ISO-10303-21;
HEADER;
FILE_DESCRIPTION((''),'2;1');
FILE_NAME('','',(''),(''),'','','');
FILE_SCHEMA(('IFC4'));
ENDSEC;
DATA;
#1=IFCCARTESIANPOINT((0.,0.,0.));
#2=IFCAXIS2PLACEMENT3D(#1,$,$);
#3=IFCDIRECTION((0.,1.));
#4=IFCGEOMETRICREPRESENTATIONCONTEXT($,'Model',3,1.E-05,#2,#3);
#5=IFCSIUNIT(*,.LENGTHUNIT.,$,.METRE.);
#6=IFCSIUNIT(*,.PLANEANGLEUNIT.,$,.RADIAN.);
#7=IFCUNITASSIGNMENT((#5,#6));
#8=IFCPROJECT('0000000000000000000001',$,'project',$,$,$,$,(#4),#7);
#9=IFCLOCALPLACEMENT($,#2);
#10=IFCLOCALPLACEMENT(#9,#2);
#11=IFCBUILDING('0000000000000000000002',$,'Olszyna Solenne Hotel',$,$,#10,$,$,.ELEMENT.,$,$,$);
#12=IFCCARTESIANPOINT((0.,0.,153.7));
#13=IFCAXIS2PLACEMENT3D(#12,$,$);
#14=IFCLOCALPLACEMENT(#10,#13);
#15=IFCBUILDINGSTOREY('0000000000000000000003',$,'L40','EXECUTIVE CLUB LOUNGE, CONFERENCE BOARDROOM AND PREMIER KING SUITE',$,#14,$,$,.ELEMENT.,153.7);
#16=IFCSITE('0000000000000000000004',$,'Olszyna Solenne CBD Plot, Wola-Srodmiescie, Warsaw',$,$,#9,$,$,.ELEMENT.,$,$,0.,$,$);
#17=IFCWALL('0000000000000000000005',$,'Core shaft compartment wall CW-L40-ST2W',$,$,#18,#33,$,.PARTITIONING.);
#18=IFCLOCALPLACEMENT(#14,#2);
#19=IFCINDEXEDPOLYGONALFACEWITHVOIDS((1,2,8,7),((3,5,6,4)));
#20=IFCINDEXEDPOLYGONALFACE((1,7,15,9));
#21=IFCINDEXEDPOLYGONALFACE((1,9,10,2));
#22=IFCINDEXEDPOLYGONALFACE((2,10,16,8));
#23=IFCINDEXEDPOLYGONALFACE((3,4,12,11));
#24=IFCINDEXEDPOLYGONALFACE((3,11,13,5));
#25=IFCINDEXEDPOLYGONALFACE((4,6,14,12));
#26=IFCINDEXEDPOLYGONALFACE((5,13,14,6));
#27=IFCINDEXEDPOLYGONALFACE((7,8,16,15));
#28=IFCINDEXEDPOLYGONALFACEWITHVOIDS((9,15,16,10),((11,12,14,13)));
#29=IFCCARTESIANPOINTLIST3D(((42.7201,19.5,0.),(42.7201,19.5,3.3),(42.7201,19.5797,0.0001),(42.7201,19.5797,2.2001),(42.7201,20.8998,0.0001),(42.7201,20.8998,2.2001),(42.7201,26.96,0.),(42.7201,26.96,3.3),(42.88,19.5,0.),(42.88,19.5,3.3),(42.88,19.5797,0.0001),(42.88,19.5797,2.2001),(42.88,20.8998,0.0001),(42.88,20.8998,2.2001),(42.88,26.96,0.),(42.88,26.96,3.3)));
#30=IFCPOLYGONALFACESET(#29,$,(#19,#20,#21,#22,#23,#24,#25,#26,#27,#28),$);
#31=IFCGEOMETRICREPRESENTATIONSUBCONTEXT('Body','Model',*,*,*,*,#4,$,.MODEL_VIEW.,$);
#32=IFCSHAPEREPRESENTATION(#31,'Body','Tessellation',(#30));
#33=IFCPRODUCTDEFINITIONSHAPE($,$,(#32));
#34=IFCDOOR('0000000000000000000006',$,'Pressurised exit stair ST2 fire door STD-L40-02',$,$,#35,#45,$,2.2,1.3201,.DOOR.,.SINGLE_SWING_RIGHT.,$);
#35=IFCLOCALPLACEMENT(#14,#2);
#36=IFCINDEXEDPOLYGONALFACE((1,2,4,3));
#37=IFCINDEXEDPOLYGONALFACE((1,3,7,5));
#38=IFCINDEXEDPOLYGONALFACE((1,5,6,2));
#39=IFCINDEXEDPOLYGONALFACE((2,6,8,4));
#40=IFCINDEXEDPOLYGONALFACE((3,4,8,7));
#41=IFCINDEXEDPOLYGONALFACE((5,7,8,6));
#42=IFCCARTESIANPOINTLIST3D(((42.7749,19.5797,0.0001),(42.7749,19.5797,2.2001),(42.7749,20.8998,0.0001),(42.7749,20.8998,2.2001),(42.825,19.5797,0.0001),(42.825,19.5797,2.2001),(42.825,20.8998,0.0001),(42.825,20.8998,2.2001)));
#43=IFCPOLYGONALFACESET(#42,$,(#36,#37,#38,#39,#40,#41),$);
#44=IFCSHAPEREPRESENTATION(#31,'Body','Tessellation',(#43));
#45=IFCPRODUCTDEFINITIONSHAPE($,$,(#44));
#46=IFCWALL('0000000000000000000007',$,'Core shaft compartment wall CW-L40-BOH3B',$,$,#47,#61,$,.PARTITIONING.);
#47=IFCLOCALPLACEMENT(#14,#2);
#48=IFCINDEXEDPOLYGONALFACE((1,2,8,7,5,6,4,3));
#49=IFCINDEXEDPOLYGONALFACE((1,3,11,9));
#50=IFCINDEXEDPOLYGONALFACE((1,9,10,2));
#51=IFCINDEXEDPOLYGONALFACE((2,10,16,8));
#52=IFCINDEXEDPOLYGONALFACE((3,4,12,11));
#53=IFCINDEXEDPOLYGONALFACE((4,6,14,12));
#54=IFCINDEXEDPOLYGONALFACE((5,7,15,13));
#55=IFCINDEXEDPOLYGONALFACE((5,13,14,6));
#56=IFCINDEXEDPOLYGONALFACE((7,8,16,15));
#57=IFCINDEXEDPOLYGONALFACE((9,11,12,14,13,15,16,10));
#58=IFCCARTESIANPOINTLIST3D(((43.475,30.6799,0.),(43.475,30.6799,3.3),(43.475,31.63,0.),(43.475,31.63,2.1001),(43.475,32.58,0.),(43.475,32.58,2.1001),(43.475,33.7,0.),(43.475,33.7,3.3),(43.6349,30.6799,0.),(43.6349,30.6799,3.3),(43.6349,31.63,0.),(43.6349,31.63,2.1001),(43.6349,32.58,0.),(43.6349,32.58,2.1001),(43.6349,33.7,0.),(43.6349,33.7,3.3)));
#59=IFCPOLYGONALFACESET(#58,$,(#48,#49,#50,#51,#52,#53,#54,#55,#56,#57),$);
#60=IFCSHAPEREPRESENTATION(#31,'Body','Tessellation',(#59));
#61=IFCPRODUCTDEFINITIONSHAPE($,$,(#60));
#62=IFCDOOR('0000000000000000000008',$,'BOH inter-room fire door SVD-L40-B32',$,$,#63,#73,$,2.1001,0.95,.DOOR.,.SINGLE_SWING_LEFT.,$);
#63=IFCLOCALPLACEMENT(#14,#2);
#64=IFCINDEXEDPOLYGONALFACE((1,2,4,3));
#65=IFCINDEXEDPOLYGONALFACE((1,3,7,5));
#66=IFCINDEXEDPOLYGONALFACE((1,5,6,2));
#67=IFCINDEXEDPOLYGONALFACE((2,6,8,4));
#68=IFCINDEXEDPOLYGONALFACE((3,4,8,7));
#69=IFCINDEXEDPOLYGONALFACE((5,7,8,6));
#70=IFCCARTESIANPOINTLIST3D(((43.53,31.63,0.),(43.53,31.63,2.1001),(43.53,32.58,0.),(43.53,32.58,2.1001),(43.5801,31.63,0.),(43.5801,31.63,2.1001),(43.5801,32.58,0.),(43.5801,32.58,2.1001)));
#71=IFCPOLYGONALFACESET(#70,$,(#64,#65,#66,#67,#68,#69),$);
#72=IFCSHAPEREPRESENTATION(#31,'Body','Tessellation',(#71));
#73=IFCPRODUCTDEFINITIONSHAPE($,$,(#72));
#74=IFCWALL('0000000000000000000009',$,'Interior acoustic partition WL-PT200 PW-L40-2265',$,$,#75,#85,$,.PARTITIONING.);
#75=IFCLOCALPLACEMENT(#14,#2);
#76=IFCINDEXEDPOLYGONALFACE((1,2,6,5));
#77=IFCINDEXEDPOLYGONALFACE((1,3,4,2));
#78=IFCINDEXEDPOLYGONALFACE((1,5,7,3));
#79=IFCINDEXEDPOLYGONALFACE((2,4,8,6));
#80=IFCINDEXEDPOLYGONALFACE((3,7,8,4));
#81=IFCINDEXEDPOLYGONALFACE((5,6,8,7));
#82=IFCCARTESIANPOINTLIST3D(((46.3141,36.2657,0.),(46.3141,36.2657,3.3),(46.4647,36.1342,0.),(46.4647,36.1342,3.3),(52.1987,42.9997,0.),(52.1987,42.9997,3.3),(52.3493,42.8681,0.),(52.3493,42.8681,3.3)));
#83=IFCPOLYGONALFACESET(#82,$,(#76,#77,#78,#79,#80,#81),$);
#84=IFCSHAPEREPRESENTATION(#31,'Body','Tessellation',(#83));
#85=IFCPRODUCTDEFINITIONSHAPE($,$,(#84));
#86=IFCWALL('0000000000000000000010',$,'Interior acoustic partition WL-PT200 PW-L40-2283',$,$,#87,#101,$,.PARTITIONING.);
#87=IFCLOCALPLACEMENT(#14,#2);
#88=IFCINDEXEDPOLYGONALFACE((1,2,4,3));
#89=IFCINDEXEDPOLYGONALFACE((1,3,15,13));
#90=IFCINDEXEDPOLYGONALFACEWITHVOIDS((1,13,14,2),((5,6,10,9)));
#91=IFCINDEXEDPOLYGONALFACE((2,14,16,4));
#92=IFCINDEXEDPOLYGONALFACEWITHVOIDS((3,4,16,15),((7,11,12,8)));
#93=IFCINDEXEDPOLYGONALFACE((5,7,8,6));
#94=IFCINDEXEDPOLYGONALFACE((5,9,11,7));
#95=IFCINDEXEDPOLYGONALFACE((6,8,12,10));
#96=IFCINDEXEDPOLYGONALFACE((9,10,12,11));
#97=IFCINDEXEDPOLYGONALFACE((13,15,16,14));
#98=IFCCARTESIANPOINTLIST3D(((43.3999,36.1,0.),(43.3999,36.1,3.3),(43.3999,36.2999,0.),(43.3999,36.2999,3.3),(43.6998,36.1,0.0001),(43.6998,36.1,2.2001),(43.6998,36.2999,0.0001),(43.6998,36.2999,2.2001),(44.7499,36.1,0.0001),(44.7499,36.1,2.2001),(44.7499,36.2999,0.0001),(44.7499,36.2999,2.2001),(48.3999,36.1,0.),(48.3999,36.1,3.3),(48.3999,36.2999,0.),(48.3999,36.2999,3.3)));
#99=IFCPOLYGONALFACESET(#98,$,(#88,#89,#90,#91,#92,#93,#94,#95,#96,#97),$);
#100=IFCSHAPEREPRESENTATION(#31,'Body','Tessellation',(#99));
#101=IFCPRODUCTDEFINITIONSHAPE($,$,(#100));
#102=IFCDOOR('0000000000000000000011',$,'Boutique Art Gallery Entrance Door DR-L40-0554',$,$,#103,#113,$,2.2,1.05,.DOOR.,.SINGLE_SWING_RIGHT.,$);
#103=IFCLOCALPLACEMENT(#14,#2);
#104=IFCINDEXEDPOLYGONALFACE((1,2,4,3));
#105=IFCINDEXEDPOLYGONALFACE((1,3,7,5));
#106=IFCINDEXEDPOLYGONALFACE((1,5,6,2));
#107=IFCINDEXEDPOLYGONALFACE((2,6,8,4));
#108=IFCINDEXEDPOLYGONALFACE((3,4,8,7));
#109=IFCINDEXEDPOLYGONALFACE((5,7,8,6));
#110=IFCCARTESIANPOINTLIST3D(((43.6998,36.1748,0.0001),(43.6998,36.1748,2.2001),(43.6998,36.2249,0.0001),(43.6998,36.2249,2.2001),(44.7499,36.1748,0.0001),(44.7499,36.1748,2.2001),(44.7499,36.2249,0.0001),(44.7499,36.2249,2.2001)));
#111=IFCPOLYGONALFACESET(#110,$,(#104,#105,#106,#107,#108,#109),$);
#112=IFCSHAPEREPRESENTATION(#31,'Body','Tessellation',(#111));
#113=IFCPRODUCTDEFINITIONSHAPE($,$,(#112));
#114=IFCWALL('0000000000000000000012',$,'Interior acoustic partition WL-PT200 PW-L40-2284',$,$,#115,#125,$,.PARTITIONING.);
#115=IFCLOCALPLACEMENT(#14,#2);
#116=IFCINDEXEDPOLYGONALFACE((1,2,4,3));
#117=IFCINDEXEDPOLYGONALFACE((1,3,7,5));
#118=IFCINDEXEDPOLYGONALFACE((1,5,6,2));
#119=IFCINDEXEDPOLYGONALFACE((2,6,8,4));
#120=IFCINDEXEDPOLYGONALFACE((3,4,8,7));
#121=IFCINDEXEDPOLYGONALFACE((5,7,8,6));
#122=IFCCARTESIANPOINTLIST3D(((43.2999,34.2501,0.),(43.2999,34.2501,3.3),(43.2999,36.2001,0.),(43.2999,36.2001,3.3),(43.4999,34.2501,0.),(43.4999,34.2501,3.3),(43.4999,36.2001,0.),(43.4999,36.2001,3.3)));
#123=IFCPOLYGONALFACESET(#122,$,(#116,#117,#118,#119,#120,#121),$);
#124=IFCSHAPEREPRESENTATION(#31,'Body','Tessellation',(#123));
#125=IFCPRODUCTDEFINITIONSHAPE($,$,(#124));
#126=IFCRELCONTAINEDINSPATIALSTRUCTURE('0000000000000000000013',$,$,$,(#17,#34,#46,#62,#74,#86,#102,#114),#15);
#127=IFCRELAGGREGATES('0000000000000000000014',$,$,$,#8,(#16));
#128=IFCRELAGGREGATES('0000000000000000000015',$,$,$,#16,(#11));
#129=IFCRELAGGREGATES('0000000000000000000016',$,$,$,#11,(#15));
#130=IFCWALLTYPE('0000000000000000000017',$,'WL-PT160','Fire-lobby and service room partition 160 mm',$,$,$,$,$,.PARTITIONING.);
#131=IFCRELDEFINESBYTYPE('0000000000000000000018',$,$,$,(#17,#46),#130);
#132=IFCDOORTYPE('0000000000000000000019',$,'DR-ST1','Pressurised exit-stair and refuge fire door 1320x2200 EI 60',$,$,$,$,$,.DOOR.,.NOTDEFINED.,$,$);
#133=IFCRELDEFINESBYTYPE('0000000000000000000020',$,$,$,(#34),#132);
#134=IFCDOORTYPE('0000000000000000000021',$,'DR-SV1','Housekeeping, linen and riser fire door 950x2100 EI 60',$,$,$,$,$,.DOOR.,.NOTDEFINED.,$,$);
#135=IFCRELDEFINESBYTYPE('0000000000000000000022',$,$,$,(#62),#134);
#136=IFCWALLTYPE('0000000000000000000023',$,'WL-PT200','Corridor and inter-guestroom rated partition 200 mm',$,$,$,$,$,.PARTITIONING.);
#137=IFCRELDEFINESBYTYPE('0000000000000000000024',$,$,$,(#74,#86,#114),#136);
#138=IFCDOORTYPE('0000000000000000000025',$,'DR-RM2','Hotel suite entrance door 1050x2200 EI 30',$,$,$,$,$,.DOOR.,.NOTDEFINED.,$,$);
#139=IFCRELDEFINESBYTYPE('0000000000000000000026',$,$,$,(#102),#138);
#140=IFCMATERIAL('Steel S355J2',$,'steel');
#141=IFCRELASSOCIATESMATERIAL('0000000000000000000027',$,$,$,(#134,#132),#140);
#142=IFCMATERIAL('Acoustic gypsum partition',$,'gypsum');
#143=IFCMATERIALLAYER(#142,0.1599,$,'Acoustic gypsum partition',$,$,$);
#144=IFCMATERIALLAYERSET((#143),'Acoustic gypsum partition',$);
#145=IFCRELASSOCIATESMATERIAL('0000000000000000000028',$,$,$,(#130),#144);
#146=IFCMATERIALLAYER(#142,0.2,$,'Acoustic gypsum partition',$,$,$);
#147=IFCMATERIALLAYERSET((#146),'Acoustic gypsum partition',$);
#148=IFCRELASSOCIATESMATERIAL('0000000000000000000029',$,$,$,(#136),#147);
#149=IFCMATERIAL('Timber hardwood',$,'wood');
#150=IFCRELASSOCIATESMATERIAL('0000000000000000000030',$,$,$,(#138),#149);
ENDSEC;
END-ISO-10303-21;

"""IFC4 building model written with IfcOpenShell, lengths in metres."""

from ifc_helpers import new_model, si_unit, direction, frame, frame_2d, origin, place, context, subcontext, project, spatial, rectangle, extrude, source, transform, mapped, material, layer, layer_set, type_object, type_shapes, element, fill, save


model = new_model("IFC4")

# Units and contexts
model_context = context("Model", 3, precision=1e-05, world=origin(), true_north=direction((0.0, 1.0)))
body_context = subcontext(model_context, "Body", "Model", "MODEL_VIEW")
ifc_project = project(units=[si_unit("LENGTHUNIT", "METRE"), si_unit("PLANEANGLEUNIT", "RADIAN")], contexts=[model_context])

# Site, building, storey
site_placement = place(None, origin())
site = spatial("IfcSite", under=ifc_project, at=site_placement, Name="Olszyna Solenne CBD Plot, Wola-Srodmiescie, Warsaw", CompositionType="ELEMENT", RefElevation=0.0)
building_placement = place(site_placement, origin())
building = spatial("IfcBuilding", under=site, at=building_placement, Name="Olszyna Solenne Hotel", CompositionType="ELEMENT")
storey_placement = place(building_placement, frame((0.0, 0.0, 153.7)))
storey = spatial("IfcBuildingStorey", under=building, at=storey_placement, Name="L40", Description="EXECUTIVE CLUB LOUNGE, CONFERENCE BOARDROOM AND PREMIER KING SUITE", CompositionType="ELEMENT", Elevation=153.7)

# Shared definitions
ifc_material_1 = material(Name="Steel S355J2", Category="steel")

# Shared definitions
door_type_1 = type_object("IfcDoorType", Name="DR-SV1", Description="Housekeeping, linen and riser fire door 950x2100 EI 60", OperationType="NOTDEFINED", PredefinedType="DOOR", material=ifc_material_1)
shared_shape_1 = source(origin(), body_context, "Body", "SweptSolid", [
    extrude(rectangle(XDim=0.95, YDim=2.1001, at=frame_2d((0.4751, 1.05))), frame((0.0, 0.0249, 0.0), z_axis=(0.0, -1.0, 0.0), x_axis=(1.0, 0.0, 0.0)), (0.0, 0.0, 1.0), 0.05),
])
type_shapes(door_type_1, [shared_shape_1])
ifc_material_2 = material(Name="Timber hardwood", Category="wood")

# Shared definitions
ifc_material_3 = material(Name="Acoustic gypsum partition", Category="gypsum")

# Walls, openings, doors
ifc_layer_1 = layer(ifc_material_3, 0.1599, Name="Acoustic gypsum partition")
ifc_layer_set_1 = layer_set([ifc_layer_1], Name="Acoustic gypsum partition")
wall_type_1 = type_object("IfcWallType", Name="WL-PT160", Description="Fire-lobby and service room partition 160 mm", PredefinedType="PARTITIONING", material=ifc_layer_set_1)
wall_1_placement = place(storey_placement, frame((42.8, 26.96, 0.0), z_axis=(0.0, 0.0, 1.0), x_axis=(0.0, -1.0, 0.0)))
wall_1 = element("IfcWall", 1, at=wall_1_placement, inside=storey, type_object=wall_type_1, Name="Core shaft compartment wall CW-L40-ST2W", PredefinedType="PARTITIONING", context=body_context, shape_type="SweptSolid", body=[
    extrude(rectangle(XDim=7.46, YDim=0.1599, at=frame_2d((3.73, 0.0))), origin(), (0.0, 0.0, 1.0), 3.3),
])
opening_1_placement = place(wall_1_placement, frame((6.0601, 0.0, 0.0)))
opening_1 = element("IfcOpeningElement", 2, at=opening_1_placement, cuts=wall_1, PredefinedType="OPENING", context=body_context, shape_type="SweptSolid", body=[
    extrude(rectangle(XDim=1.3201, YDim=2.2, at=frame_2d((0.6602, 1.1001))), frame((0.0, 0.0898, 0.0), z_axis=(0.0, -1.0, 0.0), x_axis=(1.0, 0.0, 0.0)), (0.0, 0.0, 1.0), 0.1799),
])
door_type_2 = type_object("IfcDoorType", Name="DR-ST1", Description="Pressurised exit-stair and refuge fire door 1320x2200 EI 60", OperationType="NOTDEFINED", PredefinedType="DOOR", material=ifc_material_1)
shared_shape_2 = source(origin(), body_context, "Body", "SweptSolid", [
    extrude(rectangle(XDim=1.3201, YDim=2.2, at=frame_2d((0.6602, 1.1001))), frame((0.0, 0.0249, 0.0), z_axis=(0.0, -1.0, 0.0), x_axis=(1.0, 0.0, 0.0)), (0.0, 0.0, 1.0), 0.05),
])
type_shapes(door_type_2, [shared_shape_2])
door_1_placement = place(opening_1_placement, origin())
door_1 = element("IfcDoor", 3, at=door_1_placement, inside=storey, type_object=door_type_2, Name="Pressurised exit stair ST2 fire door STD-L40-02", OperationType="SINGLE_SWING_RIGHT", OverallHeight=2.2, OverallWidth=1.3201, PredefinedType="DOOR", context=body_context, shape_type="MappedRepresentation", body=[
    mapped(shared_shape_2, transform((0.0, 0.0, 0.0), x_axis=(1.0, 0.0, 0.0), y_axis=(0.0, 1.0, 0.0), z_axis=(0.0, 0.0, 1.0), scale=1.0)),
])
fill(opening_1, door_1)
wall_2_placement = place(storey_placement, frame((43.5549, 30.6799, 0.0), z_axis=(0.0, 0.0, 1.0), x_axis=(0.0, 1.0, 0.0)))
wall_2 = element("IfcWall", 4, at=wall_2_placement, inside=storey, type_object=wall_type_1, Name="Core shaft compartment wall CW-L40-BOH3B", PredefinedType="PARTITIONING", context=body_context, shape_type="SweptSolid", body=[
    extrude(rectangle(XDim=3.02, YDim=0.1599, at=frame_2d((1.51, 0.0))), origin(), (0.0, 0.0, 1.0), 3.3),
])
opening_2_placement = place(wall_2_placement, frame((0.95, 0.0, 0.0)))
opening_2 = element("IfcOpeningElement", 5, at=opening_2_placement, cuts=wall_2, PredefinedType="OPENING", context=body_context, shape_type="SweptSolid", body=[
    extrude(rectangle(XDim=0.95, YDim=2.1001, at=frame_2d((0.4751, 1.05))), frame((0.0, 0.0898, 0.0), z_axis=(0.0, -1.0, 0.0), x_axis=(1.0, 0.0, 0.0)), (0.0, 0.0, 1.0), 0.1799),
])
door_2_placement = place(opening_2_placement, origin())
door_2 = element("IfcDoor", 6, at=door_2_placement, inside=storey, type_object=door_type_1, Name="BOH inter-room fire door SVD-L40-B32", OperationType="SINGLE_SWING_LEFT", OverallHeight=2.1001, OverallWidth=0.95, PredefinedType="DOOR", context=body_context, shape_type="MappedRepresentation", body=[
    mapped(shared_shape_1, transform((0.0, 0.0, 0.0), x_axis=(1.0, 0.0, 0.0), y_axis=(0.0, 1.0, 0.0), z_axis=(0.0, 0.0, 1.0), scale=1.0)),
])
fill(opening_2, door_2)

# Wall
ifc_layer_2 = layer(ifc_material_3, 0.2, Name="Acoustic gypsum partition")
ifc_layer_set_2 = layer_set([ifc_layer_2], Name="Acoustic gypsum partition")
wall_type_2 = type_object("IfcWallType", Name="WL-PT200", Description="Corridor and inter-guestroom rated partition 200 mm", PredefinedType="PARTITIONING", material=ifc_layer_set_2)
wall_3_placement = place(storey_placement, frame((46.3894, 36.2, 0.0), z_axis=(0.0, 0.0, 1.0), x_axis=(0.658021, 0.752999, 0.0)))
element("IfcWall", 7, at=wall_3_placement, inside=storey, type_object=wall_type_2, Name="Interior acoustic partition WL-PT200 PW-L40-2265", PredefinedType="PARTITIONING", context=body_context, shape_type="SweptSolid", body=[
    extrude(rectangle(XDim=8.9429, YDim=0.2, at=frame_2d((4.4714, 0.0))), origin(), (0.0, 0.0, 1.0), 3.3),
])

# Wall, opening, door
wall_4_placement = place(storey_placement, frame((43.3999, 36.2, 0.0), z_axis=(0.0, 0.0, 1.0), x_axis=(1.0, 0.0, 0.0)))
wall_4 = element("IfcWall", 8, at=wall_4_placement, inside=storey, type_object=wall_type_2, Name="Interior acoustic partition WL-PT200 PW-L40-2283", PredefinedType="PARTITIONING", context=body_context, shape_type="SweptSolid", body=[
    extrude(rectangle(XDim=5.0, YDim=0.2, at=frame_2d((2.5, 0.0))), origin(), (0.0, 0.0, 1.0), 3.3),
])
opening_3_placement = place(wall_4_placement, frame((0.3, 0.0, 0.0)))
opening_3 = element("IfcOpeningElement", 9, at=opening_3_placement, cuts=wall_4, PredefinedType="OPENING", context=body_context, shape_type="SweptSolid", body=[
    extrude(rectangle(XDim=1.05, YDim=2.2, at=frame_2d((0.5249, 1.1001))), frame((0.0, 0.1099, 0.0), z_axis=(0.0, -1.0, 0.0), x_axis=(1.0, 0.0, 0.0)), (0.0, 0.0, 1.0), 0.22),
])
door_type_3 = type_object("IfcDoorType", Name="DR-RM2", Description="Hotel suite entrance door 1050x2200 EI 30", OperationType="NOTDEFINED", PredefinedType="DOOR", material=ifc_material_2)
shared_shape_3 = source(origin(), body_context, "Body", "SweptSolid", [
    extrude(rectangle(XDim=1.05, YDim=2.2, at=frame_2d((0.5249, 1.1001))), frame((0.0, 0.0249, 0.0), z_axis=(0.0, -1.0, 0.0), x_axis=(1.0, 0.0, 0.0)), (0.0, 0.0, 1.0), 0.05),
])
type_shapes(door_type_3, [shared_shape_3])
door_3_placement = place(opening_3_placement, origin())
door_3 = element("IfcDoor", 10, at=door_3_placement, inside=storey, type_object=door_type_3, Name="Boutique Art Gallery Entrance Door DR-L40-0554", OperationType="SINGLE_SWING_RIGHT", OverallHeight=2.2, OverallWidth=1.05, PredefinedType="DOOR", context=body_context, shape_type="MappedRepresentation", body=[
    mapped(shared_shape_3, transform((0.0, 0.0, 0.0), x_axis=(1.0, 0.0, 0.0), y_axis=(0.0, 1.0, 0.0), z_axis=(0.0, 0.0, 1.0), scale=1.0)),
])
fill(opening_3, door_3)

# Wall
wall_5_placement = place(storey_placement, frame((43.3999, 34.25, 0.0), z_axis=(0.0, 0.0, 1.0), x_axis=(0.0, 1.0, 0.0)))
element("IfcWall", 11, at=wall_5_placement, inside=storey, type_object=wall_type_2, Name="Interior acoustic partition WL-PT200 PW-L40-2284", PredefinedType="PARTITIONING", context=body_context, shape_type="SweptSolid", body=[
    extrude(rectangle(XDim=1.95, YDim=0.2, at=frame_2d((0.9751, 0.0))), origin(), (0.0, 0.0, 1.0), 3.3),
])

save(model, "model.ifc")
